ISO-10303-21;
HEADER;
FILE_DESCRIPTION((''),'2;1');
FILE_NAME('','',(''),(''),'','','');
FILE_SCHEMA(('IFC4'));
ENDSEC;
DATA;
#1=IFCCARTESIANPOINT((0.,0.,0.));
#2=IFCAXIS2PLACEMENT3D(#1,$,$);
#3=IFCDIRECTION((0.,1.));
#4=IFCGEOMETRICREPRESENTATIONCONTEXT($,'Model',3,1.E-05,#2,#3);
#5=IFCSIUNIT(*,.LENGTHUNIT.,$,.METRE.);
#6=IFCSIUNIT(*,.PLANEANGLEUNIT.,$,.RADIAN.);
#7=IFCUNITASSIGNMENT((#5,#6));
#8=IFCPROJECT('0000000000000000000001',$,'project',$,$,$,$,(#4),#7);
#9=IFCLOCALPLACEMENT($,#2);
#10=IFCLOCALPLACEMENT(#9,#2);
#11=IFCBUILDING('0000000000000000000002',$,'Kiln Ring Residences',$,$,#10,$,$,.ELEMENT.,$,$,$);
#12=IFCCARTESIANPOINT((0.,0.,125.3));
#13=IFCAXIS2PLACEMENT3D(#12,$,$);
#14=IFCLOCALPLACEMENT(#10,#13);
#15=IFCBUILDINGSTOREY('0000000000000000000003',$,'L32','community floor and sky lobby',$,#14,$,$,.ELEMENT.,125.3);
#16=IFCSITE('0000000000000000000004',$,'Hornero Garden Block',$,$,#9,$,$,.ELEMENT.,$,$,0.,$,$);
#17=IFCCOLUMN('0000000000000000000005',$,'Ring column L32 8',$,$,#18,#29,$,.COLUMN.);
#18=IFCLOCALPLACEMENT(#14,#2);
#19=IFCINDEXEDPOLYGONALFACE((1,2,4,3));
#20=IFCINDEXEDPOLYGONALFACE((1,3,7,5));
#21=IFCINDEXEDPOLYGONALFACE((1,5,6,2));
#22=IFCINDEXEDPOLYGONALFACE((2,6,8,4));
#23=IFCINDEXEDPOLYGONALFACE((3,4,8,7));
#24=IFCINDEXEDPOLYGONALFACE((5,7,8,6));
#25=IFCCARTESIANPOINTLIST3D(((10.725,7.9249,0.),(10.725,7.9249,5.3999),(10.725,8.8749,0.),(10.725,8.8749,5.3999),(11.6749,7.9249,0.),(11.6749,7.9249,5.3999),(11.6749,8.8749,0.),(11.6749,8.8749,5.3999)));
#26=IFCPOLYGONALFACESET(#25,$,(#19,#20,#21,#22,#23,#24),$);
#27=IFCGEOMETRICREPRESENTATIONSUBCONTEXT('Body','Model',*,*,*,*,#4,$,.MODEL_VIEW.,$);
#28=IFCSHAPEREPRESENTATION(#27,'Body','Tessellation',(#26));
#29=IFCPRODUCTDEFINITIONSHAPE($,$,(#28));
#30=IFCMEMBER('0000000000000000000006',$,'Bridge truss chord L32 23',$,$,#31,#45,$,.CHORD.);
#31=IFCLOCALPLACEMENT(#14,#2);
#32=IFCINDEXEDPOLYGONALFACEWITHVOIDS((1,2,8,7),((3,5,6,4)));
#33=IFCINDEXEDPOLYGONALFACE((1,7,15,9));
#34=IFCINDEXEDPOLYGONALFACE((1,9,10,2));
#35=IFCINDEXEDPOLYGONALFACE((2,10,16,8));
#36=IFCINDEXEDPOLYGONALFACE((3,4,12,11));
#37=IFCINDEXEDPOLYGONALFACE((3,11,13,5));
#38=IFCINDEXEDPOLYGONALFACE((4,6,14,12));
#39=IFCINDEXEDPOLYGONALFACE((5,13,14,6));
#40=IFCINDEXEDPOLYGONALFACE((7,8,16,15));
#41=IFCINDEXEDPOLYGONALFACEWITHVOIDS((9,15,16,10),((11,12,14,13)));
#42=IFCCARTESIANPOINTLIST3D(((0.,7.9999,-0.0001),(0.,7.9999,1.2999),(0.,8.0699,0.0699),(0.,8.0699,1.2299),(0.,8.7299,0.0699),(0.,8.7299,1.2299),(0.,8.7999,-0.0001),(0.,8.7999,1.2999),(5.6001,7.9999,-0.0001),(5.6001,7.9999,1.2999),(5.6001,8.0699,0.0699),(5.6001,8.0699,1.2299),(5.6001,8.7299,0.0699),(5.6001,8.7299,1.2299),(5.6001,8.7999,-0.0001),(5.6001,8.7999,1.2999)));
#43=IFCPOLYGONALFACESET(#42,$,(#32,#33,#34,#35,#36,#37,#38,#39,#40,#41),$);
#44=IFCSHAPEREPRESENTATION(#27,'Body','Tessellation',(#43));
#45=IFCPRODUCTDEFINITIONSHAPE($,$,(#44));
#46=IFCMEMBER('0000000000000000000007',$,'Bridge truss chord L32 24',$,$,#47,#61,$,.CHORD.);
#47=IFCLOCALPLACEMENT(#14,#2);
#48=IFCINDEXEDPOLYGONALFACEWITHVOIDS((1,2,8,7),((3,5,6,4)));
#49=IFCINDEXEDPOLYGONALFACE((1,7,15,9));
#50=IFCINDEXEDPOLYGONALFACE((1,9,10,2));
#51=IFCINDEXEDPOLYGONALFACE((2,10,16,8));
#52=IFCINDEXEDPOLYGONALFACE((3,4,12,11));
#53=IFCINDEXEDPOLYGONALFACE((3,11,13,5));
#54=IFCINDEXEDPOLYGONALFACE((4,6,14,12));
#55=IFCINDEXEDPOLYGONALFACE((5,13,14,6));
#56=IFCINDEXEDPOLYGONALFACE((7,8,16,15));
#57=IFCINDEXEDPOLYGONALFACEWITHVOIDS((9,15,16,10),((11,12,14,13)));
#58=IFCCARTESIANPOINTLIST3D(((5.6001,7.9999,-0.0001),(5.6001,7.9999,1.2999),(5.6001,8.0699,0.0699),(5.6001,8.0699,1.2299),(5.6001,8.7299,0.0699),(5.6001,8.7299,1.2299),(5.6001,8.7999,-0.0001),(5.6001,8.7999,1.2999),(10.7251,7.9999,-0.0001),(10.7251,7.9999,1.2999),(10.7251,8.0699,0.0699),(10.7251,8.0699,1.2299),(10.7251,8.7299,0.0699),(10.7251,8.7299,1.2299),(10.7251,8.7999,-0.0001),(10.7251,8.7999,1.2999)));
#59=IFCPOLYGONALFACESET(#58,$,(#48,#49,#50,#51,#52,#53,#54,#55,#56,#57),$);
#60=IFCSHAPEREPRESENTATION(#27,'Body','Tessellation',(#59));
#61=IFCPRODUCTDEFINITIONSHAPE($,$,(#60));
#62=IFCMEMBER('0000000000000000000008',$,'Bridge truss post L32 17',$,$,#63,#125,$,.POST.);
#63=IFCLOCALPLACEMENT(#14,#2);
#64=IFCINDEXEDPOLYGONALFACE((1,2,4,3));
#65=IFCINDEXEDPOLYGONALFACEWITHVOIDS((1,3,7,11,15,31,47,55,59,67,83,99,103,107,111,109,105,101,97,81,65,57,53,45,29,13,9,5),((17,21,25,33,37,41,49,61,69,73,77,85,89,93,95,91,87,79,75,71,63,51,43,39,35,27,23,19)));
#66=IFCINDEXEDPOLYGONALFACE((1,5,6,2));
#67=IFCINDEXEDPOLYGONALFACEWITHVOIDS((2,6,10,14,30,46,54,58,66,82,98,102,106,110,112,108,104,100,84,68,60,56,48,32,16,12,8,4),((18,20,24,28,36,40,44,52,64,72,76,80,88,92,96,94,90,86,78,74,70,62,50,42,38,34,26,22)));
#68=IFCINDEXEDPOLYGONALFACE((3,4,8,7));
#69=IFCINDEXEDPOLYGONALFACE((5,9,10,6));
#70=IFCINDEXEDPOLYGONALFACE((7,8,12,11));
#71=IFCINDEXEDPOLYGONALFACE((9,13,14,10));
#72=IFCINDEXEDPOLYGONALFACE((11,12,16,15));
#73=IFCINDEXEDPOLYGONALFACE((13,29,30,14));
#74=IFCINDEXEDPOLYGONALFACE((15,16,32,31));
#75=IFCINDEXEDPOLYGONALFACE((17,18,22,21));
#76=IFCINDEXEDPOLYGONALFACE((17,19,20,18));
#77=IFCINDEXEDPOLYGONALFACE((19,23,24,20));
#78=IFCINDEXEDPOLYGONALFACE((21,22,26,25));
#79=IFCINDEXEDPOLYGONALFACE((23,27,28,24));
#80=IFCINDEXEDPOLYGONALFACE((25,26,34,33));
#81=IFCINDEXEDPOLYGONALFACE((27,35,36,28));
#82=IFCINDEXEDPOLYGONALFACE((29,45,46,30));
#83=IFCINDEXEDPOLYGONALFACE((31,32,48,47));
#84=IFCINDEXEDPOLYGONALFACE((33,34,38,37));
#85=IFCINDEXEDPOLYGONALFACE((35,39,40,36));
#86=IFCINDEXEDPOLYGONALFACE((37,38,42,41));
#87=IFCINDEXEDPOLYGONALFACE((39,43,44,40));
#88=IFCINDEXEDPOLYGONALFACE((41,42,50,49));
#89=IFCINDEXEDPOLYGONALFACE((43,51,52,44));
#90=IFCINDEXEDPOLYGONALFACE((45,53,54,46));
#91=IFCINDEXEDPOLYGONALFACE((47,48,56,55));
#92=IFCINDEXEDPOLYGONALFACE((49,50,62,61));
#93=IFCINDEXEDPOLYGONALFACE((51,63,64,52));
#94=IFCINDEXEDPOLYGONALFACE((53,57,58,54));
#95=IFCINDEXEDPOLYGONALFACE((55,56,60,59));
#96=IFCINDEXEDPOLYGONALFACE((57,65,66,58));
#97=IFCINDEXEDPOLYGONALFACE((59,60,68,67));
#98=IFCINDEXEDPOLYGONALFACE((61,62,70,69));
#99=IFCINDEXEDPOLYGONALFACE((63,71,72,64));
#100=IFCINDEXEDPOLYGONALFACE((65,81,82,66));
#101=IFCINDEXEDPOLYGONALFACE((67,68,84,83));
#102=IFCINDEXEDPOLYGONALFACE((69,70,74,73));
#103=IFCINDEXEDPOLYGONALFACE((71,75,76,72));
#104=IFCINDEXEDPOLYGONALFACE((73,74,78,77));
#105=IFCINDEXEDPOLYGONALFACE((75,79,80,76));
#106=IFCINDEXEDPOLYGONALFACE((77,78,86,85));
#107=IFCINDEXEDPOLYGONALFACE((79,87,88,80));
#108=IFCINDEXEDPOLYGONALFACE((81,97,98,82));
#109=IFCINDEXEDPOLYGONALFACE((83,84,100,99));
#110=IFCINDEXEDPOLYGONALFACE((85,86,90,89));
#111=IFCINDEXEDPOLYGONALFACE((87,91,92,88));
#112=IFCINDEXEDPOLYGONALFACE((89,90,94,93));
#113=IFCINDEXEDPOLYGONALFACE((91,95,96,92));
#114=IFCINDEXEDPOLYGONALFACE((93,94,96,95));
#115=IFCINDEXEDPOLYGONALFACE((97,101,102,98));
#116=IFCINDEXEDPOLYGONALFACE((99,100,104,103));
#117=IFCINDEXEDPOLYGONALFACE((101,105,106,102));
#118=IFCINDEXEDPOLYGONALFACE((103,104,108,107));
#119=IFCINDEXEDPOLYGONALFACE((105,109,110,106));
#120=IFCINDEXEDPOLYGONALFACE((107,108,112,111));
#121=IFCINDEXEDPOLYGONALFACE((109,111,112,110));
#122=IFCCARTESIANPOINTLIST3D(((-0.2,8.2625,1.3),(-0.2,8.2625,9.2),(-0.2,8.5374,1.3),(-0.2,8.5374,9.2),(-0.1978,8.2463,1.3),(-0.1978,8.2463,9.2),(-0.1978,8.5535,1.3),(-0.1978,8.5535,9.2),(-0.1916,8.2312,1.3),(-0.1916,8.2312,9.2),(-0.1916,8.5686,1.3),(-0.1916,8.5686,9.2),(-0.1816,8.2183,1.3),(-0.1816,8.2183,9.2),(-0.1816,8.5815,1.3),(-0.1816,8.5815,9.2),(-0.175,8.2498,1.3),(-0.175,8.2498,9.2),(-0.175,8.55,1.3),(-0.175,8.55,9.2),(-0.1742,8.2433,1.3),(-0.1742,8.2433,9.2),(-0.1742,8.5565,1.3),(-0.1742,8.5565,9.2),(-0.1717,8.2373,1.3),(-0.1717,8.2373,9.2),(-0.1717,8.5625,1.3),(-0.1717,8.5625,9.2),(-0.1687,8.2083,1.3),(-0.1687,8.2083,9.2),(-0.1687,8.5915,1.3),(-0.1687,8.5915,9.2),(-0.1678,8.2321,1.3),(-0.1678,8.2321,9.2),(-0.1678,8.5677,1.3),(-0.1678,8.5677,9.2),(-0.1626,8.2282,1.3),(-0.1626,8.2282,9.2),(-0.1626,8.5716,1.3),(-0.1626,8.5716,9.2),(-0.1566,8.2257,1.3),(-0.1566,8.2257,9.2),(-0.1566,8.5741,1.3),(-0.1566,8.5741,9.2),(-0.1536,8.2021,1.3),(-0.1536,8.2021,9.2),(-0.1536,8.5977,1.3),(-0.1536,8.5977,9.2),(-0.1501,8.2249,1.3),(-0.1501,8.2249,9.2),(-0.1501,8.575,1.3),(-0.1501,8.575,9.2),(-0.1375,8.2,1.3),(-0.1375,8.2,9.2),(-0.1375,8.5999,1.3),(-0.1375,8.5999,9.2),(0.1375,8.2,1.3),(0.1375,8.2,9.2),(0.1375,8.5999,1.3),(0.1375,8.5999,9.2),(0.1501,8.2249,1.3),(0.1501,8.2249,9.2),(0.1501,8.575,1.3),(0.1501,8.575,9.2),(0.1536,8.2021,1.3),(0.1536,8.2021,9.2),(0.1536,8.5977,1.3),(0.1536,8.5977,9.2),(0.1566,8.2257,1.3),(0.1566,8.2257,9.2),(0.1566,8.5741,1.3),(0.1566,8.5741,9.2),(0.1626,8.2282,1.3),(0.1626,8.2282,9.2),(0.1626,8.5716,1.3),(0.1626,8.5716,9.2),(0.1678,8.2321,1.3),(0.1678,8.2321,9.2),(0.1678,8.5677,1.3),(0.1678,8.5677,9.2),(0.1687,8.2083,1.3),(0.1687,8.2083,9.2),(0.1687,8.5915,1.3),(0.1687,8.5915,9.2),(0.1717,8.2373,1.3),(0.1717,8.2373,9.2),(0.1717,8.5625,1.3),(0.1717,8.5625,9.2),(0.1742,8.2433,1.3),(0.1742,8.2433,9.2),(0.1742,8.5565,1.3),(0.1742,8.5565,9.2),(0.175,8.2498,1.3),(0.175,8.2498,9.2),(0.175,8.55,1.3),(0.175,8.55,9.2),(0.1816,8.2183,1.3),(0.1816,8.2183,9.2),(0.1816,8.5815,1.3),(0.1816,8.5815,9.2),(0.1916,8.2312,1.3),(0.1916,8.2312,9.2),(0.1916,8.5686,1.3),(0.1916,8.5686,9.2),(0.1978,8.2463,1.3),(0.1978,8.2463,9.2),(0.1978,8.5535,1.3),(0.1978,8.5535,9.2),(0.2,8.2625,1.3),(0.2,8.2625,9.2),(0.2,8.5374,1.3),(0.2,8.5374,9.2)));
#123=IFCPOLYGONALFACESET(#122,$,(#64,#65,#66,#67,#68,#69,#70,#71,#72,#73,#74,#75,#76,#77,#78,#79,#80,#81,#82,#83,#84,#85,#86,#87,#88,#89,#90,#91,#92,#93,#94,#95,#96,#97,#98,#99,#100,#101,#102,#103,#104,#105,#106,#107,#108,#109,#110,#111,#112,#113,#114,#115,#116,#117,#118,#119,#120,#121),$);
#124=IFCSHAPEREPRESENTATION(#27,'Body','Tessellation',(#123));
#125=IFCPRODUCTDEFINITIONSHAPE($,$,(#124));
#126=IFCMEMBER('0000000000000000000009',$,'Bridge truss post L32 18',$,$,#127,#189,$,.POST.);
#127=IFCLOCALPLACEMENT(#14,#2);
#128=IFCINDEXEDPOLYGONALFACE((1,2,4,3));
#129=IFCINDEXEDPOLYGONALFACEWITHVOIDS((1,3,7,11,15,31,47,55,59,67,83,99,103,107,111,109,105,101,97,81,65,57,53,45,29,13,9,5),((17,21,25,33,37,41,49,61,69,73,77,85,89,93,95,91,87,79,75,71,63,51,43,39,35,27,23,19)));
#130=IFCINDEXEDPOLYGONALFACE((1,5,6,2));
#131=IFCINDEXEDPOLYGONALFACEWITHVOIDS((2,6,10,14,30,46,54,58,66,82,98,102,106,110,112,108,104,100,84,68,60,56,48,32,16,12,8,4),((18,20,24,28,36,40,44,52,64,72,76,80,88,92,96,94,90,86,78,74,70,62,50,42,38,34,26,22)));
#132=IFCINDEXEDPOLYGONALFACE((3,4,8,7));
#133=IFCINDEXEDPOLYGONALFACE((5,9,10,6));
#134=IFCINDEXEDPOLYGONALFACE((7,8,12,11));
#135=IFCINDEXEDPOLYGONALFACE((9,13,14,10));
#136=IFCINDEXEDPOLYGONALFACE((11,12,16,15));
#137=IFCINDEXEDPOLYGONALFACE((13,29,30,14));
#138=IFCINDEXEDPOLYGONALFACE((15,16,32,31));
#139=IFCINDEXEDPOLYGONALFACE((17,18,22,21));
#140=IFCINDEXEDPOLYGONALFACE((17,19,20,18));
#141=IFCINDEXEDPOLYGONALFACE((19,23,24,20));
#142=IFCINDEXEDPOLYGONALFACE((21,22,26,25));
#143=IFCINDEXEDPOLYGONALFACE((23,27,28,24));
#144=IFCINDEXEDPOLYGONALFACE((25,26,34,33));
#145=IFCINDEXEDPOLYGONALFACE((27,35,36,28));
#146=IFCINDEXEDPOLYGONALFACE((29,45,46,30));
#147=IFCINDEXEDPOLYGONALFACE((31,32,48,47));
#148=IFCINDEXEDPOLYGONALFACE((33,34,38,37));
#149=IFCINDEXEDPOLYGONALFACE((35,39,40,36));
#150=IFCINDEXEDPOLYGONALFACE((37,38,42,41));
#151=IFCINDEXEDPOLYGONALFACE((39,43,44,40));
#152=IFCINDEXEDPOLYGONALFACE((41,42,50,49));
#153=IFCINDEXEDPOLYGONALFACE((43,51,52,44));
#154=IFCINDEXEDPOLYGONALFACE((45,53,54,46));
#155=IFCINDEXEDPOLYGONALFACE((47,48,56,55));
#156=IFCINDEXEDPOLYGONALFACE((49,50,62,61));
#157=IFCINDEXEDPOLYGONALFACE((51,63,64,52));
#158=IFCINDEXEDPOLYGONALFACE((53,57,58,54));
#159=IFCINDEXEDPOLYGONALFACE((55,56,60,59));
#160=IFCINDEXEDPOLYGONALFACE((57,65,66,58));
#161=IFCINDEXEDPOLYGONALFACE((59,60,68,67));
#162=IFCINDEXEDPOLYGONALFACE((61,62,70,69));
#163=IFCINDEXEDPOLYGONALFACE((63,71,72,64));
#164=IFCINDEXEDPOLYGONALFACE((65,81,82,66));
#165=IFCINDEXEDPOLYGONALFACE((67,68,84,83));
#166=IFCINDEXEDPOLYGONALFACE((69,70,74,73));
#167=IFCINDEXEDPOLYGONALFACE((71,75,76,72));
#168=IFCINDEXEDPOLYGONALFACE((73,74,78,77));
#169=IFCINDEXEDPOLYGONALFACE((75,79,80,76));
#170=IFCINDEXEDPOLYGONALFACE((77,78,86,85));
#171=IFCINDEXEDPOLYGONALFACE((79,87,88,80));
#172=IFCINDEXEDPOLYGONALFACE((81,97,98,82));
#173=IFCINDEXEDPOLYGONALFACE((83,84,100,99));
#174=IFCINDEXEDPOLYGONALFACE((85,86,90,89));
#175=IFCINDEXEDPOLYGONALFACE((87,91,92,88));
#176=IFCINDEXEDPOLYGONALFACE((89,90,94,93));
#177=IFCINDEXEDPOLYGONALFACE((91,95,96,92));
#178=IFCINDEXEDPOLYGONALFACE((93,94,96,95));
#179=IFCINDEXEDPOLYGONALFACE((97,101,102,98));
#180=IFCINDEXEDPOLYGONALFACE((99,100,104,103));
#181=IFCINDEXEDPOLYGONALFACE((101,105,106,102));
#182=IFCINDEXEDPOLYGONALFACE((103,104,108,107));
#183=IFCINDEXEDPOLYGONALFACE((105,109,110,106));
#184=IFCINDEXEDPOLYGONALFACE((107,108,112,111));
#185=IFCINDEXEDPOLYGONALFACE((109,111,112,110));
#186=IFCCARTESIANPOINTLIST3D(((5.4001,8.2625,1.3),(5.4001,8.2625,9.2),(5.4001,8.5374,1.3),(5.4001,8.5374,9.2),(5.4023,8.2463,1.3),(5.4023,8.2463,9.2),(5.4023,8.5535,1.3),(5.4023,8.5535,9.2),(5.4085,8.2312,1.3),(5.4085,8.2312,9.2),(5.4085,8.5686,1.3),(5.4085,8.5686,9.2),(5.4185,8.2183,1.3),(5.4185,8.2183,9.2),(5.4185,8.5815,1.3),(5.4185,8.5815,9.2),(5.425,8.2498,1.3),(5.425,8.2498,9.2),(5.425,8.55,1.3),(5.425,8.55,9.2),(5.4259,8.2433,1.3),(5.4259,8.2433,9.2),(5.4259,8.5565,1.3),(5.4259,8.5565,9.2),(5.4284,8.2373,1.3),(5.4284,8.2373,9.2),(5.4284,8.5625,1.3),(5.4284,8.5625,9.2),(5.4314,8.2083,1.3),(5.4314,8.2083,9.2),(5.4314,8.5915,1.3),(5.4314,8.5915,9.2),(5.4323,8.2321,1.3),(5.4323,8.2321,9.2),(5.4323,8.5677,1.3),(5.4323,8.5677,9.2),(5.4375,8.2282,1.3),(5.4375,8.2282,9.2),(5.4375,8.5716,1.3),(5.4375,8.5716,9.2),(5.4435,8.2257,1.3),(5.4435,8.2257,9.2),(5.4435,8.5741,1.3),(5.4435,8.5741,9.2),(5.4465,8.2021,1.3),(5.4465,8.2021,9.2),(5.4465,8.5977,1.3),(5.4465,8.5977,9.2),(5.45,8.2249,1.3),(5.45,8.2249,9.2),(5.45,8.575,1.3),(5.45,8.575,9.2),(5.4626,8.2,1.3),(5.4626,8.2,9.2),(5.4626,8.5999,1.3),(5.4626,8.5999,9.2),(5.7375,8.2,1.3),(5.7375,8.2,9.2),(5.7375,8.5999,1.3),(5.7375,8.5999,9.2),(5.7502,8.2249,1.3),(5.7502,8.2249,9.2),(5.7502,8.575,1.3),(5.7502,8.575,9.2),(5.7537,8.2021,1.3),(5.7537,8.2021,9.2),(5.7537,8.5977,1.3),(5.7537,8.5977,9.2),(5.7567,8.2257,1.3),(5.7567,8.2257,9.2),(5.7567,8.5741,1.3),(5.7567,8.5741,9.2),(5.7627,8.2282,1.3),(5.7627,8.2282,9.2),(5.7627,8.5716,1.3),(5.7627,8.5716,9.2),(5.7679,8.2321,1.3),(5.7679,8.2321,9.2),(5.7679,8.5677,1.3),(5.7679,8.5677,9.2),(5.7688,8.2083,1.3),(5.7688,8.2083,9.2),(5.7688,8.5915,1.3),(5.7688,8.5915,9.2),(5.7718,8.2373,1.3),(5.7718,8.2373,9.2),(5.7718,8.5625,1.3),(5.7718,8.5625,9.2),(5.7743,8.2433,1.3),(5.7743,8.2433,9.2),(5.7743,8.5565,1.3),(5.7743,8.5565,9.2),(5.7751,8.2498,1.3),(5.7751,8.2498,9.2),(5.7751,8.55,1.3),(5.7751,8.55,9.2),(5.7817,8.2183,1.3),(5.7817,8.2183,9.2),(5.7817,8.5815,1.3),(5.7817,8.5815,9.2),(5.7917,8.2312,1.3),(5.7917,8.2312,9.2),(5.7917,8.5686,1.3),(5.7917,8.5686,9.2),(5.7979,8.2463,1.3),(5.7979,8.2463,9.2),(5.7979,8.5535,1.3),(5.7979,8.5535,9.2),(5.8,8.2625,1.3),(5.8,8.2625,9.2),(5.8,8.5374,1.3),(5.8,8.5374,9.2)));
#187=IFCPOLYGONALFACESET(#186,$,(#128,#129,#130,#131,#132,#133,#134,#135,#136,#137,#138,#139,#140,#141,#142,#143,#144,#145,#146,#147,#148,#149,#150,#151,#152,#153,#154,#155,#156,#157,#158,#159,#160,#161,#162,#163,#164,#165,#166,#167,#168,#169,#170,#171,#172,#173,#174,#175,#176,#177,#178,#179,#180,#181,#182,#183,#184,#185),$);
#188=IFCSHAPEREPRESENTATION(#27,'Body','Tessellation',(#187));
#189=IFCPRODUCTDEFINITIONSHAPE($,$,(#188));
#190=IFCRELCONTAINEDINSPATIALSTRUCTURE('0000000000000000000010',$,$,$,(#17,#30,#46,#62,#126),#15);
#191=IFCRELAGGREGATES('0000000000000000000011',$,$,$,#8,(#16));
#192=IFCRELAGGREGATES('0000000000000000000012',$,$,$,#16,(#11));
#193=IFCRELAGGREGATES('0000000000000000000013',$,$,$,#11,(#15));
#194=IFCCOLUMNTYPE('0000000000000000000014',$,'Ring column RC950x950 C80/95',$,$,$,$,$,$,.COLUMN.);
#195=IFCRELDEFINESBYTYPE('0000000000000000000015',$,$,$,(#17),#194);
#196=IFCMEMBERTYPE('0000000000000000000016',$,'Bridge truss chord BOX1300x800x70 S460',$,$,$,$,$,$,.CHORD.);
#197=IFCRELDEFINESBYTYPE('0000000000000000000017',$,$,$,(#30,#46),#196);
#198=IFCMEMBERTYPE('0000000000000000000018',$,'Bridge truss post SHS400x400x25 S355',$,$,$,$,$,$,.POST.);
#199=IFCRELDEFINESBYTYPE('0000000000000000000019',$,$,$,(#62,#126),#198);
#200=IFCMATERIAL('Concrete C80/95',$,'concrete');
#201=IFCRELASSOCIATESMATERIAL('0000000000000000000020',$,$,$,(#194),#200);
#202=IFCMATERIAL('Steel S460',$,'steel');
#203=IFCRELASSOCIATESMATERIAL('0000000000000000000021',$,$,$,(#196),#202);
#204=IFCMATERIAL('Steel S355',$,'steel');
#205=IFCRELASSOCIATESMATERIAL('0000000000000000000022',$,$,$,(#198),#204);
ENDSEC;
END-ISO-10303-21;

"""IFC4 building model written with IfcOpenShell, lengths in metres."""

from ifc_helpers import new_model, si_unit, direction, frame, origin, origin_2d, place, context, subcontext, project, spatial, rectangle, hollow_rectangle, extrude, material, material_profile, profile_set, type_object, element, save


model = new_model("IFC4")

# Units and contexts
model_context = context("Model", 3, precision=1e-05, world=origin(), true_north=direction((0.0, 1.0)))
body_context = subcontext(model_context, "Body", "Model", "MODEL_VIEW")
ifc_project = project(units=[si_unit("LENGTHUNIT", "METRE"), si_unit("PLANEANGLEUNIT", "RADIAN")], contexts=[model_context])

# Site, building, storey
site_placement = place(None, origin())
site = spatial("IfcSite", under=ifc_project, at=site_placement, Name="Hornero Garden Block", CompositionType="ELEMENT", RefElevation=0.0)
building_placement = place(site_placement, origin())
building = spatial("IfcBuilding", under=site, at=building_placement, Name="Kiln Ring Residences", CompositionType="ELEMENT")
storey_placement = place(building_placement, frame((0.0, 0.0, 125.3)))
storey = spatial("IfcBuildingStorey", under=building, at=storey_placement, Name="L32", Description="community floor and sky lobby", CompositionType="ELEMENT", Elevation=125.3)

# Column
ifc_material_1 = material(Name="Concrete C80/95", Category="concrete")
ifc_material_profile_1 = material_profile(ifc_material_1, rectangle(XDim=0.95, YDim=0.95, at=origin_2d()), Name="RC950x950")
ifc_profile_set_1 = profile_set([ifc_material_profile_1], Name="Concrete C80/95")
column_type = type_object("IfcColumnType", Name="Ring column RC950x950 C80/95", PredefinedType="COLUMN", material=ifc_profile_set_1)
column_placement = place(storey_placement, frame((11.2, 8.3999, 0.0), z_axis=(0.0, 0.0, 1.0), x_axis=(1.0, 0.0, 0.0)))
element("IfcColumn", 1, at=column_placement, inside=storey, type_object=column_type, Name="Ring column L32 8", PredefinedType="COLUMN", context=body_context, shape_type="SweptSolid", body=[
    extrude(rectangle(XDim=0.95, YDim=0.95, at=origin_2d()), origin(), (0.0, 0.0, 1.0), 5.3999),
])

# Members
ifc_material_2 = material(Name="Steel S460", Category="steel")
ifc_material_profile_2 = material_profile(ifc_material_2, hollow_rectangle(XDim=0.8, YDim=1.3, WallThickness=0.0701, at=origin_2d()), Name="BOX1300x800x70")
ifc_profile_set_2 = profile_set([ifc_material_profile_2], Name="Steel S460")
member_type_1 = type_object("IfcMemberType", Name="Bridge truss chord BOX1300x800x70 S460", PredefinedType="CHORD", material=ifc_profile_set_2)
member_1_placement = place(storey_placement, frame((0.0, 8.3999, 0.6499), z_axis=(1.0, 0.0, 0.0), x_axis=(0.0, 1.0, 0.0)))
element("IfcMember", 2, at=member_1_placement, inside=storey, type_object=member_type_1, Name="Bridge truss chord L32 23", PredefinedType="CHORD", context=body_context, shape_type="SweptSolid", body=[
    extrude(hollow_rectangle(XDim=0.8, YDim=1.3, WallThickness=0.0701, at=origin_2d()), origin(), (0.0, 0.0, 1.0), 5.6001),
])
member_2_placement = place(storey_placement, frame((5.6001, 8.3999, 0.6499), z_axis=(1.0, 0.0, 0.0), x_axis=(0.0, 1.0, 0.0)))
element("IfcMember", 3, at=member_2_placement, inside=storey, type_object=member_type_1, Name="Bridge truss chord L32 24", PredefinedType="CHORD", context=body_context, shape_type="SweptSolid", body=[
    extrude(hollow_rectangle(XDim=0.8, YDim=1.3, WallThickness=0.0701, at=origin_2d()), origin(), (0.0, 0.0, 1.0), 5.125),
])
ifc_material_3 = material(Name="Steel S355", Category="steel")
ifc_material_profile_3 = material_profile(ifc_material_3, hollow_rectangle(XDim=0.3999, YDim=0.3999, WallThickness=0.0249, InnerFilletRadius=0.0249, OuterFilletRadius=0.0625, at=origin_2d()), Name="SHS400x400x25")
ifc_profile_set_3 = profile_set([ifc_material_profile_3], Name="Steel S355")
member_type_2 = type_object("IfcMemberType", Name="Bridge truss post SHS400x400x25 S355", PredefinedType="POST", material=ifc_profile_set_3)
for number, where, z_axis, x_axis, name in (
    (4, (0.0, 8.3999, 1.3), (0.0, 0.0, 1.0), (1.0, 0.0, 0.0), "Bridge truss post L32 17"),
    (5, (5.6001, 8.3999, 1.3), (0.0, 0.0, 1.0), (1.0, 0.0, 0.0), "Bridge truss post L32 18"),
):
    element("IfcMember", number, at=place(storey_placement, frame(where, z_axis=z_axis, x_axis=x_axis)), inside=storey, type_object=member_type_2, Name=name, PredefinedType="POST", context=body_context, shape_type="SweptSolid", body=[
        extrude(hollow_rectangle(XDim=0.3999, YDim=0.3999, WallThickness=0.0249, InnerFilletRadius=0.0249, OuterFilletRadius=0.0625, at=origin_2d()), origin(), (0.0, 0.0, 1.0), 7.8999),
    ])

save(model, "model.ifc")
